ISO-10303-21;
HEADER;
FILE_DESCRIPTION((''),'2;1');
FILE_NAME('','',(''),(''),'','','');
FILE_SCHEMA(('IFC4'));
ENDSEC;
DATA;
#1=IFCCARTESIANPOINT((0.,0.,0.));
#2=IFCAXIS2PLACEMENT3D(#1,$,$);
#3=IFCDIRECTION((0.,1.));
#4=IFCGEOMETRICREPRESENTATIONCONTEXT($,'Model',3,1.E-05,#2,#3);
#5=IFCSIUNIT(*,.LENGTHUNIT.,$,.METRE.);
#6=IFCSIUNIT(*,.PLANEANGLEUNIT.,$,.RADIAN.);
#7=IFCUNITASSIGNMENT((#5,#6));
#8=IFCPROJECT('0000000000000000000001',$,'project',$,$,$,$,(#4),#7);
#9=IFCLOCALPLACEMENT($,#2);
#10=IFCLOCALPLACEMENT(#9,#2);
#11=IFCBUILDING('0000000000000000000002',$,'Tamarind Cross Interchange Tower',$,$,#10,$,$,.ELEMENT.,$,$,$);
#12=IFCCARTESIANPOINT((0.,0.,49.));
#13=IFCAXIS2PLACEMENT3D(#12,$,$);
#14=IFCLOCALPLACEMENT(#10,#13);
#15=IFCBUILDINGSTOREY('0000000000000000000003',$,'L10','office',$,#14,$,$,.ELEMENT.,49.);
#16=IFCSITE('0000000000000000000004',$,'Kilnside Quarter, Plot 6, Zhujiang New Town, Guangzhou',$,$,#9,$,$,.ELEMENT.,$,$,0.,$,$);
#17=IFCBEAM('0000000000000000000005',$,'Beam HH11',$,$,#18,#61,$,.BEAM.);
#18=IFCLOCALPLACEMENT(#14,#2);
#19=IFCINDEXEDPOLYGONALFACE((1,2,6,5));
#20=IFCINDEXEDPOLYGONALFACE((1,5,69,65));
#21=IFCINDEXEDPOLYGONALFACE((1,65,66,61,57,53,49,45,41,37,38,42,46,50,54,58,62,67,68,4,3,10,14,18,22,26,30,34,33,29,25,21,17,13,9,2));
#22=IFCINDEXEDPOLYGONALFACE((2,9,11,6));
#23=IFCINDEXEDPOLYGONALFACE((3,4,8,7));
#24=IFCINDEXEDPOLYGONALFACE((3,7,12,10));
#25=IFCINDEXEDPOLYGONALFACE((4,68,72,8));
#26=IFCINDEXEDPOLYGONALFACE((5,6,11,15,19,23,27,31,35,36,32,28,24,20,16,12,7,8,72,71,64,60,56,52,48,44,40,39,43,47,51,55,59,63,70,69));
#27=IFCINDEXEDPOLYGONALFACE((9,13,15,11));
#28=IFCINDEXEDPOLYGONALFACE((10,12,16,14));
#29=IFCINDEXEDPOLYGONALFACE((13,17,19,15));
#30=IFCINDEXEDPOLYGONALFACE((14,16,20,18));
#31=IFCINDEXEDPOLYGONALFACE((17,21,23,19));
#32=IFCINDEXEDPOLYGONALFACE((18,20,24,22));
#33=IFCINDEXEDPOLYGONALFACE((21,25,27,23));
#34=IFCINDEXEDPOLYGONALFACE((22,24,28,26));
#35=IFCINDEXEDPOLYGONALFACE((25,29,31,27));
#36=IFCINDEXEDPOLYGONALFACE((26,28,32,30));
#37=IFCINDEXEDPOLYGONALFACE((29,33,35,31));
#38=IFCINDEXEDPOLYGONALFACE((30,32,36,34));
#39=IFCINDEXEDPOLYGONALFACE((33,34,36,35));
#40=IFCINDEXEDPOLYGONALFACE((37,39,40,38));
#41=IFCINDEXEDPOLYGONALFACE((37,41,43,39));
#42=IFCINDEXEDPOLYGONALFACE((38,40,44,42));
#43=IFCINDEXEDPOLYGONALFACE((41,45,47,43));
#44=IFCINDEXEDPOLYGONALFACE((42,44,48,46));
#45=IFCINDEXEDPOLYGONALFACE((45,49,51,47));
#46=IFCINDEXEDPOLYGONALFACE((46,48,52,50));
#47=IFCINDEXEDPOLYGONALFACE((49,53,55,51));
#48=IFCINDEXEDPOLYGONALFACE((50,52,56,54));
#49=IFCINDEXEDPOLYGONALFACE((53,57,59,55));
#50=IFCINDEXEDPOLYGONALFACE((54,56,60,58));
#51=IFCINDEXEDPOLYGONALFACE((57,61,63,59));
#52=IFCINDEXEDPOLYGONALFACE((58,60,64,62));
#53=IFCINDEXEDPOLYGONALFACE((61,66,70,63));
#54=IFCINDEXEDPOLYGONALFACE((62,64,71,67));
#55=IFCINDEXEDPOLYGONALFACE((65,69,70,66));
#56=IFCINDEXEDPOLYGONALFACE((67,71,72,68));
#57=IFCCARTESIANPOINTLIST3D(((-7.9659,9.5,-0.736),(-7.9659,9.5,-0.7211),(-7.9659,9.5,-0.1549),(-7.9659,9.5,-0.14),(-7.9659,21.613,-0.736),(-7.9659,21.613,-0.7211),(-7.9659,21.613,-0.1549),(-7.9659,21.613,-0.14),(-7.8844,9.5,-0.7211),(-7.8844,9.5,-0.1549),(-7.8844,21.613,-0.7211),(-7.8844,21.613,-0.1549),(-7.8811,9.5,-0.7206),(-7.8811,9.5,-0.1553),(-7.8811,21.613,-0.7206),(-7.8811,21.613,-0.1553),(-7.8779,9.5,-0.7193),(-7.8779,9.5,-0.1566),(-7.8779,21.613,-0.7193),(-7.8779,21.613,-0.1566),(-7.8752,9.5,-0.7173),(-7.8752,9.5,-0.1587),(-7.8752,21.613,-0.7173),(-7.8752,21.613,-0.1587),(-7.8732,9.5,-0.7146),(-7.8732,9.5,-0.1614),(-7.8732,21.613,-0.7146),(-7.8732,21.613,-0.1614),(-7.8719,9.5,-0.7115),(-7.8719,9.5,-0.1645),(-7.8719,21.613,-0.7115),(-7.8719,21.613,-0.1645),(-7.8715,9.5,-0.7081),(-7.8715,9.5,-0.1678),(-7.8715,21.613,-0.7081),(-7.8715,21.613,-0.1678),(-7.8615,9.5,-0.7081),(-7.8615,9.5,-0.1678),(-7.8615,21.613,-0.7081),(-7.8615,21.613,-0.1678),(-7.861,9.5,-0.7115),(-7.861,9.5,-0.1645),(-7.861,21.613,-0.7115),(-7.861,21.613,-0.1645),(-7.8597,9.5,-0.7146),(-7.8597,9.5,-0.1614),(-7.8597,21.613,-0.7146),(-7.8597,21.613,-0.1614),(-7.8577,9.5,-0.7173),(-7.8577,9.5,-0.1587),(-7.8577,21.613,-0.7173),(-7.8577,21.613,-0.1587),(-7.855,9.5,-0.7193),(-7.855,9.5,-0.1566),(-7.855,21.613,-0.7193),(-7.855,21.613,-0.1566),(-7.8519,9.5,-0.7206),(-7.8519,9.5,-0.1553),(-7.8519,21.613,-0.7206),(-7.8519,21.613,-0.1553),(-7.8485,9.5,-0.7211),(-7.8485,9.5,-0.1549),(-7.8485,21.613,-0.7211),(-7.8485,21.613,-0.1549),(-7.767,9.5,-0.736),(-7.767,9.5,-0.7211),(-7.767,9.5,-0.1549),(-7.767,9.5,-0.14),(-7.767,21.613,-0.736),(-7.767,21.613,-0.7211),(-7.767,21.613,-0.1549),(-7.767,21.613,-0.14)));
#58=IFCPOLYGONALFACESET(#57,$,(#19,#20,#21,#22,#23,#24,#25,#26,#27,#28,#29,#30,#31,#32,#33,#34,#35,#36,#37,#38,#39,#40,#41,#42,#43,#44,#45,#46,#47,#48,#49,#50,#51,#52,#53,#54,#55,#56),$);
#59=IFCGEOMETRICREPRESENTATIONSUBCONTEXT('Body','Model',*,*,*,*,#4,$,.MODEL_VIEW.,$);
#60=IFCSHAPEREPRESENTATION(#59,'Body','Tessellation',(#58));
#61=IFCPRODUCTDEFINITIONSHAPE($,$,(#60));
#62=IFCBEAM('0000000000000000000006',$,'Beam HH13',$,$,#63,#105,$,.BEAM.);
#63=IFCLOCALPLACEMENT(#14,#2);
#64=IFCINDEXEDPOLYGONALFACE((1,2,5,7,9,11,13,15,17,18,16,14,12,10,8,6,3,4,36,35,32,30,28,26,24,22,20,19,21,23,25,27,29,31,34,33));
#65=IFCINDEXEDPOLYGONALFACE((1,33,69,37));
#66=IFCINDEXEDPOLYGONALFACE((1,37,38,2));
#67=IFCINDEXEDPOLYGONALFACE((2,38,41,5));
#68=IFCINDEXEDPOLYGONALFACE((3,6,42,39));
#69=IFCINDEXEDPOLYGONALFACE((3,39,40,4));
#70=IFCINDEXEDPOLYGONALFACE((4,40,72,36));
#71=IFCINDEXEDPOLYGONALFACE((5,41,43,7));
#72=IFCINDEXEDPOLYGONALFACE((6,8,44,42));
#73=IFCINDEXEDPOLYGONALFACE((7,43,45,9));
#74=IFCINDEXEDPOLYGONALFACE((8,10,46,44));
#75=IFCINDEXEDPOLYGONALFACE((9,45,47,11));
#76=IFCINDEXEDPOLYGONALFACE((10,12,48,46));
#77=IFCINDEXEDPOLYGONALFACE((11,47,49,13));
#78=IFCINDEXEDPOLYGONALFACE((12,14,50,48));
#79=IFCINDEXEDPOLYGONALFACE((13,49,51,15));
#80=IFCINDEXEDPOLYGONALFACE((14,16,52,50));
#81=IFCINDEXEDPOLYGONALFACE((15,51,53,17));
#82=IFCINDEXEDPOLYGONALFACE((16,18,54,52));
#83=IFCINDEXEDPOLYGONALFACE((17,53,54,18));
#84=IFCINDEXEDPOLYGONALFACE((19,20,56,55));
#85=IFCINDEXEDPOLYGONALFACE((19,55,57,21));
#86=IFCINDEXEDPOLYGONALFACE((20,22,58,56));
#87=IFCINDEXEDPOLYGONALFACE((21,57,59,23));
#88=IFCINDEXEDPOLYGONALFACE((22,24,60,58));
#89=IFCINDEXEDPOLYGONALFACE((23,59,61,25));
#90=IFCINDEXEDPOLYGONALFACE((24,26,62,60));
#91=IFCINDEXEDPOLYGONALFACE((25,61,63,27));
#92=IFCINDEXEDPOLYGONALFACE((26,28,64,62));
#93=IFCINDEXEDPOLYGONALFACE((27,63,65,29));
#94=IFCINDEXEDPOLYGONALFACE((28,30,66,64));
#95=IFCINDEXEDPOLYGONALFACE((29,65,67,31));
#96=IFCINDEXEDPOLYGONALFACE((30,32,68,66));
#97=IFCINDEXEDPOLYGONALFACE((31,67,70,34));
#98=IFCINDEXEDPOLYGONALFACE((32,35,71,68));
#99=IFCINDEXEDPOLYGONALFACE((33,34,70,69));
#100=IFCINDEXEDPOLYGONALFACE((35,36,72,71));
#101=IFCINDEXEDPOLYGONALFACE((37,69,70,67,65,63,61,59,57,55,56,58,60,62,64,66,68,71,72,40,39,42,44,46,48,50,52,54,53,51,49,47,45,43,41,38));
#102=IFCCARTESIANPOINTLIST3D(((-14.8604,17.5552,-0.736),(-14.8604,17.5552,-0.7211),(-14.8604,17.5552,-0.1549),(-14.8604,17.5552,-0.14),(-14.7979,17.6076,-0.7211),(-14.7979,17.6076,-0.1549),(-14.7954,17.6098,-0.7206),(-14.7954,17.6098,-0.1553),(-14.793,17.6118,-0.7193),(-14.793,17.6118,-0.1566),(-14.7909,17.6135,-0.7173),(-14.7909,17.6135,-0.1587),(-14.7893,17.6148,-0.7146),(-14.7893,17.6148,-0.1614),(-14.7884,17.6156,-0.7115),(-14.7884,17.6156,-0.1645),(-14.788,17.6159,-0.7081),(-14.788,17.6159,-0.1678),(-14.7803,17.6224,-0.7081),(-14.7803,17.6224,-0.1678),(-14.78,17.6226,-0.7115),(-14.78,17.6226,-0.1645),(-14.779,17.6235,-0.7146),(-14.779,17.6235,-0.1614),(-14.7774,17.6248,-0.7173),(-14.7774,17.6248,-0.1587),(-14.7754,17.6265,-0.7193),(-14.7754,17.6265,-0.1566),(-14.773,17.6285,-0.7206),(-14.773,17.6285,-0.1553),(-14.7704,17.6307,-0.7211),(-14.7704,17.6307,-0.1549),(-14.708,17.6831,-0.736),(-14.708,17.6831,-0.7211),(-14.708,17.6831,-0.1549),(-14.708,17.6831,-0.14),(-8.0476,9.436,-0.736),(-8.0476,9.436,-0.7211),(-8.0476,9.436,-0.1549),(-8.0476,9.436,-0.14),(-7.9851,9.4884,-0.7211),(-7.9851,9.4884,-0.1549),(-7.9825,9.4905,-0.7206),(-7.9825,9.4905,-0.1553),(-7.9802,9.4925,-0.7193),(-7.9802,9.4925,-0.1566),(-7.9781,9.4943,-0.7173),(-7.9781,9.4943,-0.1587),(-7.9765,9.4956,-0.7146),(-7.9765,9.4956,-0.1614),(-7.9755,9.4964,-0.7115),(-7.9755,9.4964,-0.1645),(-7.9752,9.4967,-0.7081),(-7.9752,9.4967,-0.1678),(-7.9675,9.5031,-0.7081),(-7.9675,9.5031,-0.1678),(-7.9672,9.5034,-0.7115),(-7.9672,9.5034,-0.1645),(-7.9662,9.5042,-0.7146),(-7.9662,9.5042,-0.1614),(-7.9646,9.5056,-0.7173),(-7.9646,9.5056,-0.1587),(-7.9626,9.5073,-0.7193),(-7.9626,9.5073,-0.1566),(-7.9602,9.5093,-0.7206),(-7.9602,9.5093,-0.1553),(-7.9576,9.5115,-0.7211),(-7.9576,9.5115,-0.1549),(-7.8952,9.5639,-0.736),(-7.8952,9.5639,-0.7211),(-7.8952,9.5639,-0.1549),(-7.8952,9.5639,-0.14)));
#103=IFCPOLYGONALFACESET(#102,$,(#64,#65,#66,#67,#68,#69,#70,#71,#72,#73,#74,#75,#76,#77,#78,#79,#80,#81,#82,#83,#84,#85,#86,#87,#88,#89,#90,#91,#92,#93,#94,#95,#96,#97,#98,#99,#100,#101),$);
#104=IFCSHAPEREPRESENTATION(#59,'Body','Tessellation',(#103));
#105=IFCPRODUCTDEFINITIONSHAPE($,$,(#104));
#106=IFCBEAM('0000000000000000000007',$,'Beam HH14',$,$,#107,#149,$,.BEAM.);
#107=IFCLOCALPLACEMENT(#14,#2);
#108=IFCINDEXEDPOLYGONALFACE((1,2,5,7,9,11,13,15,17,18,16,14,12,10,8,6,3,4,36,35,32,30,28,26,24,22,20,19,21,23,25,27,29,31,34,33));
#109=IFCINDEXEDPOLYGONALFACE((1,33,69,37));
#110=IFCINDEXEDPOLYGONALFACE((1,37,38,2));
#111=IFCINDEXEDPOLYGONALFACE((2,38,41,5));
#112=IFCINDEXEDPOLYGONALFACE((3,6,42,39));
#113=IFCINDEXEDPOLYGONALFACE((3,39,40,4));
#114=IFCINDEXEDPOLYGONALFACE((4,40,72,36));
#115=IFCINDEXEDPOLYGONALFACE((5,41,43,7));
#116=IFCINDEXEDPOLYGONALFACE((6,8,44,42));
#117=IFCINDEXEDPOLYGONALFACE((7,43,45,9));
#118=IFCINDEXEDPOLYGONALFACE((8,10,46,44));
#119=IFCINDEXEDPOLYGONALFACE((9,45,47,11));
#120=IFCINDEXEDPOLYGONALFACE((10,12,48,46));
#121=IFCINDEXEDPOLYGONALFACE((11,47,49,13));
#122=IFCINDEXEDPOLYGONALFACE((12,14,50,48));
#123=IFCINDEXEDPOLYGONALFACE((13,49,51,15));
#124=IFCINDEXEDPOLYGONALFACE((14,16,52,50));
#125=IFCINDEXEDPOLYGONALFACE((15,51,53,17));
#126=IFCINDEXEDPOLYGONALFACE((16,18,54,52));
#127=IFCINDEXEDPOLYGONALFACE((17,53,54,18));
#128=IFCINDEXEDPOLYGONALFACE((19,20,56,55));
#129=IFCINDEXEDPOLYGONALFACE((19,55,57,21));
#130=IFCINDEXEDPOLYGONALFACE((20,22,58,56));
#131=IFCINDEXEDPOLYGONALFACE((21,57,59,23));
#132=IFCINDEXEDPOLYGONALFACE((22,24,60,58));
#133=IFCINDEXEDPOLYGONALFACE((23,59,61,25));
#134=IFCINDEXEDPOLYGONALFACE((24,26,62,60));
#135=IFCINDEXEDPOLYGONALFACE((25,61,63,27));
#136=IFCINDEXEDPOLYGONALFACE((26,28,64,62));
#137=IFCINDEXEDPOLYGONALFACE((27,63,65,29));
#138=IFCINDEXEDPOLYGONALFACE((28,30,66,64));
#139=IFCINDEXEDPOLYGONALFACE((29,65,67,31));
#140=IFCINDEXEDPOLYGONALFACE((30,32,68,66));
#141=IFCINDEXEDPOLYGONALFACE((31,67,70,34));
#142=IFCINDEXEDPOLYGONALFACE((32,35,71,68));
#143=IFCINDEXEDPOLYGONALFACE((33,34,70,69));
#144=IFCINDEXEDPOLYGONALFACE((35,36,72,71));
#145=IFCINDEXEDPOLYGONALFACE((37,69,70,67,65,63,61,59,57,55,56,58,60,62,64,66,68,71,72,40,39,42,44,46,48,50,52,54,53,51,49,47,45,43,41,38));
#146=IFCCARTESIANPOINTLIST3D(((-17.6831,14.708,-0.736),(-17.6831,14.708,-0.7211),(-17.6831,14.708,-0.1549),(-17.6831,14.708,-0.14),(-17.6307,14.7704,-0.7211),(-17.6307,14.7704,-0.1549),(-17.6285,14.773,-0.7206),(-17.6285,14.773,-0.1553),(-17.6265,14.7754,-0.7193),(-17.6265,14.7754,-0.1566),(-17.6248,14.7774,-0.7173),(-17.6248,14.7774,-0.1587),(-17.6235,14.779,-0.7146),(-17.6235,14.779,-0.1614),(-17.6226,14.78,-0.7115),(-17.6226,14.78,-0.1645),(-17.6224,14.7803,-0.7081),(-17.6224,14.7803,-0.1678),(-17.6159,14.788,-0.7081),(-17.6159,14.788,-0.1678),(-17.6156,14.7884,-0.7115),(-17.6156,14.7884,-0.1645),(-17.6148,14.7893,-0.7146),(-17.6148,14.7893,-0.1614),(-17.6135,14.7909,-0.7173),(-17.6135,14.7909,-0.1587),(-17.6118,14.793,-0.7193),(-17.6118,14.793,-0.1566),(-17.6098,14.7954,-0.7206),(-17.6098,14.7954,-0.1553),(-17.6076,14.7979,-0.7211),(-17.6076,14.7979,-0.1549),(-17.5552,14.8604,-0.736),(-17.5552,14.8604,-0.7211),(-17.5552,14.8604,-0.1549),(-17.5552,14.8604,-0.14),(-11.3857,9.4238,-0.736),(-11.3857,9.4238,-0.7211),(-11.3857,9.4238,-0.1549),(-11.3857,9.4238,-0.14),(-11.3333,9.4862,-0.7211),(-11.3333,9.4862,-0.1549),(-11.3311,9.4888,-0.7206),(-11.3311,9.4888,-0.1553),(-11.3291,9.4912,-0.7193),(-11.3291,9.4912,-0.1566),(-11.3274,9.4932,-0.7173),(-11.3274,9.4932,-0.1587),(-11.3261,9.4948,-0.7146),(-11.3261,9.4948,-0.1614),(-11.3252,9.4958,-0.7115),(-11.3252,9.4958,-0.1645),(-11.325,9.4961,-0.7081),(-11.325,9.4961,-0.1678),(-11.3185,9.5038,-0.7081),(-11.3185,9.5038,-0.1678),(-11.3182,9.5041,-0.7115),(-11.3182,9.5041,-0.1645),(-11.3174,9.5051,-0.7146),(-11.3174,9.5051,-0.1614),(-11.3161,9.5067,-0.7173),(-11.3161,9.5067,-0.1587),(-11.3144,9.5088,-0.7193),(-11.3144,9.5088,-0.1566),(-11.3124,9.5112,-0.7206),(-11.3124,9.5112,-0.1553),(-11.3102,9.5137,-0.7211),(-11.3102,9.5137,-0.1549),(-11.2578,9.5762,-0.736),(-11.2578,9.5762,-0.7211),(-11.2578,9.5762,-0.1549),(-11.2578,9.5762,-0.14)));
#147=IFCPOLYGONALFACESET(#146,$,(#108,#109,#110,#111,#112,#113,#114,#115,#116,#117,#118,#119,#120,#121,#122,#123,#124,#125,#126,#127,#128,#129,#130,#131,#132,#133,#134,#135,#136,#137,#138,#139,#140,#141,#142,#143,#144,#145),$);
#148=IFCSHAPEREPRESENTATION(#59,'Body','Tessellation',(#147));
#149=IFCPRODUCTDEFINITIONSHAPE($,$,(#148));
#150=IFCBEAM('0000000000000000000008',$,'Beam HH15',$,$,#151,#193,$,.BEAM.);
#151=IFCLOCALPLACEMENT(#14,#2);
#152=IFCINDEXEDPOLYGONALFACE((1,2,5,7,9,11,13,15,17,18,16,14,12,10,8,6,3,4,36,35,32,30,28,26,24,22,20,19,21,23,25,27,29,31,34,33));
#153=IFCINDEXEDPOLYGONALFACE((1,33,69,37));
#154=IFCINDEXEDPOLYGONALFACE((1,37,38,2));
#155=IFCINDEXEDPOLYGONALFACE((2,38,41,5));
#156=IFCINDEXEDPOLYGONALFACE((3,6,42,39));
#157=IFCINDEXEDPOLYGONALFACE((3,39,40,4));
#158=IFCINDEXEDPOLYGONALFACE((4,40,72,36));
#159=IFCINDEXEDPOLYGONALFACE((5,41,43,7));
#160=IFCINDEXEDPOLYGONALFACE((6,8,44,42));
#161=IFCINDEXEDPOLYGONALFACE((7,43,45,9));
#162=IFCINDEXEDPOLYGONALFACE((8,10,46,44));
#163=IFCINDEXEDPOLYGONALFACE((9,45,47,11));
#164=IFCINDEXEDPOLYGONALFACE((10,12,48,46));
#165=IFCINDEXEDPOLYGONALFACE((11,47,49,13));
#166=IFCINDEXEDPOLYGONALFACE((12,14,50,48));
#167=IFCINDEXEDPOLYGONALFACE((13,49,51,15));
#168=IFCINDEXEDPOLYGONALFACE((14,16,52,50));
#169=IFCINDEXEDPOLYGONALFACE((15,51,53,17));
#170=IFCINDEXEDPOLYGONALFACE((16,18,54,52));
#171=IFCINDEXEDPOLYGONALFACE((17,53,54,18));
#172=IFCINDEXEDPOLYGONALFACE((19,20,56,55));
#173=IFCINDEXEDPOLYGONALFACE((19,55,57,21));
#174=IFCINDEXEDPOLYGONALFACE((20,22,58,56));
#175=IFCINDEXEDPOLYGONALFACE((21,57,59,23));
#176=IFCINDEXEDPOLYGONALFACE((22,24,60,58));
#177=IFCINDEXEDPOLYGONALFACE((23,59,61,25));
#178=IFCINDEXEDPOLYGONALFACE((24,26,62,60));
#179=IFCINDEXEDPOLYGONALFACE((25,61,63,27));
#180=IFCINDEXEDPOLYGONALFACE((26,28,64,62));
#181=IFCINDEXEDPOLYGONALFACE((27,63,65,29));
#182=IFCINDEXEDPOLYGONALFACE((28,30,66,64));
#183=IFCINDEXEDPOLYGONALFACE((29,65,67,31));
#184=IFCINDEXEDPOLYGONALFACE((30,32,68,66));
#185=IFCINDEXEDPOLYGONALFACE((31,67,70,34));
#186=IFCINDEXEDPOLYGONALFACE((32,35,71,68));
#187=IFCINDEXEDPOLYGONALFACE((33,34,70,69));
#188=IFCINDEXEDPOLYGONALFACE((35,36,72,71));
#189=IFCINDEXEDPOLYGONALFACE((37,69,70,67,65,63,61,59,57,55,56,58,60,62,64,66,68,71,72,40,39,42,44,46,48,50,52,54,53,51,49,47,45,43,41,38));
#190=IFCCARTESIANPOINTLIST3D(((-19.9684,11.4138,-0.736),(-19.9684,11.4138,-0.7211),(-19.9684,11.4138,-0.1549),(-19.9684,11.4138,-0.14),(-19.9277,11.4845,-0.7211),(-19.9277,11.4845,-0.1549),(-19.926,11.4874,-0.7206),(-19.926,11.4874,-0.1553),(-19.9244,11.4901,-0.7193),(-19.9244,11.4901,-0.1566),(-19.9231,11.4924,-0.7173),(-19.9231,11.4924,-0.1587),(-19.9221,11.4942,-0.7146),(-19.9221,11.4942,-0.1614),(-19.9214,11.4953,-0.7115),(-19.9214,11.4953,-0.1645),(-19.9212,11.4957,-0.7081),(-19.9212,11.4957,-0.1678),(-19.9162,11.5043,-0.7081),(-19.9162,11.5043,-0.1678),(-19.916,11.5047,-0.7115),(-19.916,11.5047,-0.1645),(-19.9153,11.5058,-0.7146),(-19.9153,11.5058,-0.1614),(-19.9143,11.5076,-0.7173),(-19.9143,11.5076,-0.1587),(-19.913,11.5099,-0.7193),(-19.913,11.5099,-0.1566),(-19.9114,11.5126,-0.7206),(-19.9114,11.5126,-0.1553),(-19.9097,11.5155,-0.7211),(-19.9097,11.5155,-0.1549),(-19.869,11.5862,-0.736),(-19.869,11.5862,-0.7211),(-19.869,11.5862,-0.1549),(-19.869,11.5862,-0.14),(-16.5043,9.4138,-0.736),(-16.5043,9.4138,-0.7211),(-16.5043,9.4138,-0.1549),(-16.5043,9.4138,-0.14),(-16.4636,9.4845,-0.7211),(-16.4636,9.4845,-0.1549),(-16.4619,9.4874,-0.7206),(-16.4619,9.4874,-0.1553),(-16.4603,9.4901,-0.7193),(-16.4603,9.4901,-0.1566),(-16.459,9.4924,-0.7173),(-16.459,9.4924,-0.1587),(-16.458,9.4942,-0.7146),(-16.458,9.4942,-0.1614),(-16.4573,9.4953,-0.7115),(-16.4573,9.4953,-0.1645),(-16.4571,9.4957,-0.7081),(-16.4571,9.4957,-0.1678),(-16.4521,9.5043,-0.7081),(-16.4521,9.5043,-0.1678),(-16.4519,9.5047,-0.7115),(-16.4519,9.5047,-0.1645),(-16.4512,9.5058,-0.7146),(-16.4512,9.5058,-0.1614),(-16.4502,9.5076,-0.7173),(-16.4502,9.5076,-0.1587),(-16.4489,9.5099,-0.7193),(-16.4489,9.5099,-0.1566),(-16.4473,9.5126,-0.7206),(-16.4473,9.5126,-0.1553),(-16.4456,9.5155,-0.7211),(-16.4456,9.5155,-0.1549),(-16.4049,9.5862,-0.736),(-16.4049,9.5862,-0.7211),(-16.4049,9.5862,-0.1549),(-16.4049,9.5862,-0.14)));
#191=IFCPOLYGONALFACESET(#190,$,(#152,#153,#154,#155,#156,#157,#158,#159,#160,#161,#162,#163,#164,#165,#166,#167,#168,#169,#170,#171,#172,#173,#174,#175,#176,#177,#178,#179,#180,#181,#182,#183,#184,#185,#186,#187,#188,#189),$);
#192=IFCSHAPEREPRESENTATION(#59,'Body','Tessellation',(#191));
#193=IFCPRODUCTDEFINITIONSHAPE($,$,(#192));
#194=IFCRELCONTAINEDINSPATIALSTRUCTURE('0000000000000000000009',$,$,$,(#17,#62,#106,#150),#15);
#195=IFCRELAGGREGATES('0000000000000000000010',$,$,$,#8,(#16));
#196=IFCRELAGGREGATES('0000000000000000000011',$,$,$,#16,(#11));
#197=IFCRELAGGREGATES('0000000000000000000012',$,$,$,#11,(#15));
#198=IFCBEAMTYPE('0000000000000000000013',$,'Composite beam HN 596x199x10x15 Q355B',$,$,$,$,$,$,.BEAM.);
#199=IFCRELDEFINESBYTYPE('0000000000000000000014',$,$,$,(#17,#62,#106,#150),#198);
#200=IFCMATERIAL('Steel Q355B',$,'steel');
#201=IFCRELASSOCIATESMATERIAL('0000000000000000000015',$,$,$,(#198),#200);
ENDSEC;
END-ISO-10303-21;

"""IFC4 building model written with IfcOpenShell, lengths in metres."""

from ifc_helpers import new_model, si_unit, direction, frame, origin, origin_2d, place, context, subcontext, project, spatial, i_section, extrude, material, material_profile, profile_set, type_object, element, save


model = new_model("IFC4")

# Units and contexts
model_context = context("Model", 3, precision=1e-05, world=origin(), true_north=direction((0.0, 1.0)))
body_context = subcontext(model_context, "Body", "Model", "MODEL_VIEW")
ifc_project = project(units=[si_unit("LENGTHUNIT", "METRE"), si_unit("PLANEANGLEUNIT", "RADIAN")], contexts=[model_context])

# Site, building, storey
site_placement = place(None, origin())
site = spatial("IfcSite", under=ifc_project, at=site_placement, Name="Kilnside Quarter, Plot 6, Zhujiang New Town, Guangzhou", CompositionType="ELEMENT", RefElevation=0.0)
building_placement = place(site_placement, origin())
building = spatial("IfcBuilding", under=site, at=building_placement, Name="Tamarind Cross Interchange Tower", CompositionType="ELEMENT")
storey_placement = place(building_placement, frame((0.0, 0.0, 49.0)))
storey = spatial("IfcBuildingStorey", under=building, at=storey_placement, Name="L10", Description="office", CompositionType="ELEMENT", Elevation=49.0)

# Beams
ifc_material_1 = material(Name="Steel Q355B", Category="steel")
ifc_material_profile_1 = material_profile(ifc_material_1, i_section(OverallWidth=0.199, OverallDepth=0.5959, WebThickness=0.01, FlangeThickness=0.0149, FilletRadius=0.0129, at=origin_2d()), Name="HN 596x199x10x15")
ifc_profile_set_1 = profile_set([ifc_material_profile_1], Name="Steel Q355B")
beam_type_1 = type_object("IfcBeamType", Name="Composite beam HN 596x199x10x15 Q355B", PredefinedType="BEAM", material=ifc_profile_set_1)
beam_1_placement = place(storey_placement, frame((-7.8665, 21.613, -0.438), z_axis=(0.0, -1.0, 0.0), x_axis=(1.0, 0.0, 0.0)))
element("IfcBeam", 1, at=beam_1_placement, inside=storey, type_object=beam_type_1, Name="Beam HH11", PredefinedType="BEAM", context=body_context, shape_type="SweptSolid", body=[
    extrude(i_section(OverallWidth=0.199, OverallDepth=0.5959, WebThickness=0.01, FlangeThickness=0.0149, FilletRadius=0.0129, at=origin_2d()), origin(), (0.0, 0.0, 1.0), 12.113),
])
beam_2_placement = place(storey_placement, frame((-14.7842, 17.6191, -0.438), z_axis=(0.642786, -0.766046, 0.0), x_axis=(0.766046, 0.642786, 0.0)))
element("IfcBeam", 2, at=beam_2_placement, inside=storey, type_object=beam_type_1, Name="Beam HH13", PredefinedType="BEAM", context=body_context, shape_type="SweptSolid", body=[
    extrude(i_section(OverallWidth=0.199, OverallDepth=0.5959, WebThickness=0.01, FlangeThickness=0.0149, FilletRadius=0.0129, at=origin_2d()), origin(), (0.0, 0.0, 1.0), 10.5989),
])
beam_3_placement = place(storey_placement, frame((-17.6191, 14.7842, -0.438), z_axis=(0.766041, -0.642792, 0.0), x_axis=(0.642792, 0.766041, 0.0)))
element("IfcBeam", 3, at=beam_3_placement, inside=storey, type_object=beam_type_1, Name="Beam HH14", PredefinedType="BEAM", context=body_context, shape_type="SweptSolid", body=[
    extrude(i_section(OverallWidth=0.199, OverallDepth=0.5959, WebThickness=0.01, FlangeThickness=0.0149, FilletRadius=0.0129, at=origin_2d()), origin(), (0.0, 0.0, 1.0), 8.2207),
])
beam_4_placement = place(storey_placement, frame((-19.9187, 11.5, -0.438), z_axis=(0.866026, -0.499999, 0.0), x_axis=(0.499999, 0.866026, 0.0)))
element("IfcBeam", 4, at=beam_4_placement, inside=storey, type_object=beam_type_1, Name="Beam HH15", PredefinedType="BEAM", context=body_context, shape_type="SweptSolid", body=[
    extrude(i_section(OverallWidth=0.199, OverallDepth=0.5959, WebThickness=0.01, FlangeThickness=0.0149, FilletRadius=0.0129, at=origin_2d()), origin(), (0.0, 0.0, 1.0), 4.0),
])

save(model, "model.ifc")
